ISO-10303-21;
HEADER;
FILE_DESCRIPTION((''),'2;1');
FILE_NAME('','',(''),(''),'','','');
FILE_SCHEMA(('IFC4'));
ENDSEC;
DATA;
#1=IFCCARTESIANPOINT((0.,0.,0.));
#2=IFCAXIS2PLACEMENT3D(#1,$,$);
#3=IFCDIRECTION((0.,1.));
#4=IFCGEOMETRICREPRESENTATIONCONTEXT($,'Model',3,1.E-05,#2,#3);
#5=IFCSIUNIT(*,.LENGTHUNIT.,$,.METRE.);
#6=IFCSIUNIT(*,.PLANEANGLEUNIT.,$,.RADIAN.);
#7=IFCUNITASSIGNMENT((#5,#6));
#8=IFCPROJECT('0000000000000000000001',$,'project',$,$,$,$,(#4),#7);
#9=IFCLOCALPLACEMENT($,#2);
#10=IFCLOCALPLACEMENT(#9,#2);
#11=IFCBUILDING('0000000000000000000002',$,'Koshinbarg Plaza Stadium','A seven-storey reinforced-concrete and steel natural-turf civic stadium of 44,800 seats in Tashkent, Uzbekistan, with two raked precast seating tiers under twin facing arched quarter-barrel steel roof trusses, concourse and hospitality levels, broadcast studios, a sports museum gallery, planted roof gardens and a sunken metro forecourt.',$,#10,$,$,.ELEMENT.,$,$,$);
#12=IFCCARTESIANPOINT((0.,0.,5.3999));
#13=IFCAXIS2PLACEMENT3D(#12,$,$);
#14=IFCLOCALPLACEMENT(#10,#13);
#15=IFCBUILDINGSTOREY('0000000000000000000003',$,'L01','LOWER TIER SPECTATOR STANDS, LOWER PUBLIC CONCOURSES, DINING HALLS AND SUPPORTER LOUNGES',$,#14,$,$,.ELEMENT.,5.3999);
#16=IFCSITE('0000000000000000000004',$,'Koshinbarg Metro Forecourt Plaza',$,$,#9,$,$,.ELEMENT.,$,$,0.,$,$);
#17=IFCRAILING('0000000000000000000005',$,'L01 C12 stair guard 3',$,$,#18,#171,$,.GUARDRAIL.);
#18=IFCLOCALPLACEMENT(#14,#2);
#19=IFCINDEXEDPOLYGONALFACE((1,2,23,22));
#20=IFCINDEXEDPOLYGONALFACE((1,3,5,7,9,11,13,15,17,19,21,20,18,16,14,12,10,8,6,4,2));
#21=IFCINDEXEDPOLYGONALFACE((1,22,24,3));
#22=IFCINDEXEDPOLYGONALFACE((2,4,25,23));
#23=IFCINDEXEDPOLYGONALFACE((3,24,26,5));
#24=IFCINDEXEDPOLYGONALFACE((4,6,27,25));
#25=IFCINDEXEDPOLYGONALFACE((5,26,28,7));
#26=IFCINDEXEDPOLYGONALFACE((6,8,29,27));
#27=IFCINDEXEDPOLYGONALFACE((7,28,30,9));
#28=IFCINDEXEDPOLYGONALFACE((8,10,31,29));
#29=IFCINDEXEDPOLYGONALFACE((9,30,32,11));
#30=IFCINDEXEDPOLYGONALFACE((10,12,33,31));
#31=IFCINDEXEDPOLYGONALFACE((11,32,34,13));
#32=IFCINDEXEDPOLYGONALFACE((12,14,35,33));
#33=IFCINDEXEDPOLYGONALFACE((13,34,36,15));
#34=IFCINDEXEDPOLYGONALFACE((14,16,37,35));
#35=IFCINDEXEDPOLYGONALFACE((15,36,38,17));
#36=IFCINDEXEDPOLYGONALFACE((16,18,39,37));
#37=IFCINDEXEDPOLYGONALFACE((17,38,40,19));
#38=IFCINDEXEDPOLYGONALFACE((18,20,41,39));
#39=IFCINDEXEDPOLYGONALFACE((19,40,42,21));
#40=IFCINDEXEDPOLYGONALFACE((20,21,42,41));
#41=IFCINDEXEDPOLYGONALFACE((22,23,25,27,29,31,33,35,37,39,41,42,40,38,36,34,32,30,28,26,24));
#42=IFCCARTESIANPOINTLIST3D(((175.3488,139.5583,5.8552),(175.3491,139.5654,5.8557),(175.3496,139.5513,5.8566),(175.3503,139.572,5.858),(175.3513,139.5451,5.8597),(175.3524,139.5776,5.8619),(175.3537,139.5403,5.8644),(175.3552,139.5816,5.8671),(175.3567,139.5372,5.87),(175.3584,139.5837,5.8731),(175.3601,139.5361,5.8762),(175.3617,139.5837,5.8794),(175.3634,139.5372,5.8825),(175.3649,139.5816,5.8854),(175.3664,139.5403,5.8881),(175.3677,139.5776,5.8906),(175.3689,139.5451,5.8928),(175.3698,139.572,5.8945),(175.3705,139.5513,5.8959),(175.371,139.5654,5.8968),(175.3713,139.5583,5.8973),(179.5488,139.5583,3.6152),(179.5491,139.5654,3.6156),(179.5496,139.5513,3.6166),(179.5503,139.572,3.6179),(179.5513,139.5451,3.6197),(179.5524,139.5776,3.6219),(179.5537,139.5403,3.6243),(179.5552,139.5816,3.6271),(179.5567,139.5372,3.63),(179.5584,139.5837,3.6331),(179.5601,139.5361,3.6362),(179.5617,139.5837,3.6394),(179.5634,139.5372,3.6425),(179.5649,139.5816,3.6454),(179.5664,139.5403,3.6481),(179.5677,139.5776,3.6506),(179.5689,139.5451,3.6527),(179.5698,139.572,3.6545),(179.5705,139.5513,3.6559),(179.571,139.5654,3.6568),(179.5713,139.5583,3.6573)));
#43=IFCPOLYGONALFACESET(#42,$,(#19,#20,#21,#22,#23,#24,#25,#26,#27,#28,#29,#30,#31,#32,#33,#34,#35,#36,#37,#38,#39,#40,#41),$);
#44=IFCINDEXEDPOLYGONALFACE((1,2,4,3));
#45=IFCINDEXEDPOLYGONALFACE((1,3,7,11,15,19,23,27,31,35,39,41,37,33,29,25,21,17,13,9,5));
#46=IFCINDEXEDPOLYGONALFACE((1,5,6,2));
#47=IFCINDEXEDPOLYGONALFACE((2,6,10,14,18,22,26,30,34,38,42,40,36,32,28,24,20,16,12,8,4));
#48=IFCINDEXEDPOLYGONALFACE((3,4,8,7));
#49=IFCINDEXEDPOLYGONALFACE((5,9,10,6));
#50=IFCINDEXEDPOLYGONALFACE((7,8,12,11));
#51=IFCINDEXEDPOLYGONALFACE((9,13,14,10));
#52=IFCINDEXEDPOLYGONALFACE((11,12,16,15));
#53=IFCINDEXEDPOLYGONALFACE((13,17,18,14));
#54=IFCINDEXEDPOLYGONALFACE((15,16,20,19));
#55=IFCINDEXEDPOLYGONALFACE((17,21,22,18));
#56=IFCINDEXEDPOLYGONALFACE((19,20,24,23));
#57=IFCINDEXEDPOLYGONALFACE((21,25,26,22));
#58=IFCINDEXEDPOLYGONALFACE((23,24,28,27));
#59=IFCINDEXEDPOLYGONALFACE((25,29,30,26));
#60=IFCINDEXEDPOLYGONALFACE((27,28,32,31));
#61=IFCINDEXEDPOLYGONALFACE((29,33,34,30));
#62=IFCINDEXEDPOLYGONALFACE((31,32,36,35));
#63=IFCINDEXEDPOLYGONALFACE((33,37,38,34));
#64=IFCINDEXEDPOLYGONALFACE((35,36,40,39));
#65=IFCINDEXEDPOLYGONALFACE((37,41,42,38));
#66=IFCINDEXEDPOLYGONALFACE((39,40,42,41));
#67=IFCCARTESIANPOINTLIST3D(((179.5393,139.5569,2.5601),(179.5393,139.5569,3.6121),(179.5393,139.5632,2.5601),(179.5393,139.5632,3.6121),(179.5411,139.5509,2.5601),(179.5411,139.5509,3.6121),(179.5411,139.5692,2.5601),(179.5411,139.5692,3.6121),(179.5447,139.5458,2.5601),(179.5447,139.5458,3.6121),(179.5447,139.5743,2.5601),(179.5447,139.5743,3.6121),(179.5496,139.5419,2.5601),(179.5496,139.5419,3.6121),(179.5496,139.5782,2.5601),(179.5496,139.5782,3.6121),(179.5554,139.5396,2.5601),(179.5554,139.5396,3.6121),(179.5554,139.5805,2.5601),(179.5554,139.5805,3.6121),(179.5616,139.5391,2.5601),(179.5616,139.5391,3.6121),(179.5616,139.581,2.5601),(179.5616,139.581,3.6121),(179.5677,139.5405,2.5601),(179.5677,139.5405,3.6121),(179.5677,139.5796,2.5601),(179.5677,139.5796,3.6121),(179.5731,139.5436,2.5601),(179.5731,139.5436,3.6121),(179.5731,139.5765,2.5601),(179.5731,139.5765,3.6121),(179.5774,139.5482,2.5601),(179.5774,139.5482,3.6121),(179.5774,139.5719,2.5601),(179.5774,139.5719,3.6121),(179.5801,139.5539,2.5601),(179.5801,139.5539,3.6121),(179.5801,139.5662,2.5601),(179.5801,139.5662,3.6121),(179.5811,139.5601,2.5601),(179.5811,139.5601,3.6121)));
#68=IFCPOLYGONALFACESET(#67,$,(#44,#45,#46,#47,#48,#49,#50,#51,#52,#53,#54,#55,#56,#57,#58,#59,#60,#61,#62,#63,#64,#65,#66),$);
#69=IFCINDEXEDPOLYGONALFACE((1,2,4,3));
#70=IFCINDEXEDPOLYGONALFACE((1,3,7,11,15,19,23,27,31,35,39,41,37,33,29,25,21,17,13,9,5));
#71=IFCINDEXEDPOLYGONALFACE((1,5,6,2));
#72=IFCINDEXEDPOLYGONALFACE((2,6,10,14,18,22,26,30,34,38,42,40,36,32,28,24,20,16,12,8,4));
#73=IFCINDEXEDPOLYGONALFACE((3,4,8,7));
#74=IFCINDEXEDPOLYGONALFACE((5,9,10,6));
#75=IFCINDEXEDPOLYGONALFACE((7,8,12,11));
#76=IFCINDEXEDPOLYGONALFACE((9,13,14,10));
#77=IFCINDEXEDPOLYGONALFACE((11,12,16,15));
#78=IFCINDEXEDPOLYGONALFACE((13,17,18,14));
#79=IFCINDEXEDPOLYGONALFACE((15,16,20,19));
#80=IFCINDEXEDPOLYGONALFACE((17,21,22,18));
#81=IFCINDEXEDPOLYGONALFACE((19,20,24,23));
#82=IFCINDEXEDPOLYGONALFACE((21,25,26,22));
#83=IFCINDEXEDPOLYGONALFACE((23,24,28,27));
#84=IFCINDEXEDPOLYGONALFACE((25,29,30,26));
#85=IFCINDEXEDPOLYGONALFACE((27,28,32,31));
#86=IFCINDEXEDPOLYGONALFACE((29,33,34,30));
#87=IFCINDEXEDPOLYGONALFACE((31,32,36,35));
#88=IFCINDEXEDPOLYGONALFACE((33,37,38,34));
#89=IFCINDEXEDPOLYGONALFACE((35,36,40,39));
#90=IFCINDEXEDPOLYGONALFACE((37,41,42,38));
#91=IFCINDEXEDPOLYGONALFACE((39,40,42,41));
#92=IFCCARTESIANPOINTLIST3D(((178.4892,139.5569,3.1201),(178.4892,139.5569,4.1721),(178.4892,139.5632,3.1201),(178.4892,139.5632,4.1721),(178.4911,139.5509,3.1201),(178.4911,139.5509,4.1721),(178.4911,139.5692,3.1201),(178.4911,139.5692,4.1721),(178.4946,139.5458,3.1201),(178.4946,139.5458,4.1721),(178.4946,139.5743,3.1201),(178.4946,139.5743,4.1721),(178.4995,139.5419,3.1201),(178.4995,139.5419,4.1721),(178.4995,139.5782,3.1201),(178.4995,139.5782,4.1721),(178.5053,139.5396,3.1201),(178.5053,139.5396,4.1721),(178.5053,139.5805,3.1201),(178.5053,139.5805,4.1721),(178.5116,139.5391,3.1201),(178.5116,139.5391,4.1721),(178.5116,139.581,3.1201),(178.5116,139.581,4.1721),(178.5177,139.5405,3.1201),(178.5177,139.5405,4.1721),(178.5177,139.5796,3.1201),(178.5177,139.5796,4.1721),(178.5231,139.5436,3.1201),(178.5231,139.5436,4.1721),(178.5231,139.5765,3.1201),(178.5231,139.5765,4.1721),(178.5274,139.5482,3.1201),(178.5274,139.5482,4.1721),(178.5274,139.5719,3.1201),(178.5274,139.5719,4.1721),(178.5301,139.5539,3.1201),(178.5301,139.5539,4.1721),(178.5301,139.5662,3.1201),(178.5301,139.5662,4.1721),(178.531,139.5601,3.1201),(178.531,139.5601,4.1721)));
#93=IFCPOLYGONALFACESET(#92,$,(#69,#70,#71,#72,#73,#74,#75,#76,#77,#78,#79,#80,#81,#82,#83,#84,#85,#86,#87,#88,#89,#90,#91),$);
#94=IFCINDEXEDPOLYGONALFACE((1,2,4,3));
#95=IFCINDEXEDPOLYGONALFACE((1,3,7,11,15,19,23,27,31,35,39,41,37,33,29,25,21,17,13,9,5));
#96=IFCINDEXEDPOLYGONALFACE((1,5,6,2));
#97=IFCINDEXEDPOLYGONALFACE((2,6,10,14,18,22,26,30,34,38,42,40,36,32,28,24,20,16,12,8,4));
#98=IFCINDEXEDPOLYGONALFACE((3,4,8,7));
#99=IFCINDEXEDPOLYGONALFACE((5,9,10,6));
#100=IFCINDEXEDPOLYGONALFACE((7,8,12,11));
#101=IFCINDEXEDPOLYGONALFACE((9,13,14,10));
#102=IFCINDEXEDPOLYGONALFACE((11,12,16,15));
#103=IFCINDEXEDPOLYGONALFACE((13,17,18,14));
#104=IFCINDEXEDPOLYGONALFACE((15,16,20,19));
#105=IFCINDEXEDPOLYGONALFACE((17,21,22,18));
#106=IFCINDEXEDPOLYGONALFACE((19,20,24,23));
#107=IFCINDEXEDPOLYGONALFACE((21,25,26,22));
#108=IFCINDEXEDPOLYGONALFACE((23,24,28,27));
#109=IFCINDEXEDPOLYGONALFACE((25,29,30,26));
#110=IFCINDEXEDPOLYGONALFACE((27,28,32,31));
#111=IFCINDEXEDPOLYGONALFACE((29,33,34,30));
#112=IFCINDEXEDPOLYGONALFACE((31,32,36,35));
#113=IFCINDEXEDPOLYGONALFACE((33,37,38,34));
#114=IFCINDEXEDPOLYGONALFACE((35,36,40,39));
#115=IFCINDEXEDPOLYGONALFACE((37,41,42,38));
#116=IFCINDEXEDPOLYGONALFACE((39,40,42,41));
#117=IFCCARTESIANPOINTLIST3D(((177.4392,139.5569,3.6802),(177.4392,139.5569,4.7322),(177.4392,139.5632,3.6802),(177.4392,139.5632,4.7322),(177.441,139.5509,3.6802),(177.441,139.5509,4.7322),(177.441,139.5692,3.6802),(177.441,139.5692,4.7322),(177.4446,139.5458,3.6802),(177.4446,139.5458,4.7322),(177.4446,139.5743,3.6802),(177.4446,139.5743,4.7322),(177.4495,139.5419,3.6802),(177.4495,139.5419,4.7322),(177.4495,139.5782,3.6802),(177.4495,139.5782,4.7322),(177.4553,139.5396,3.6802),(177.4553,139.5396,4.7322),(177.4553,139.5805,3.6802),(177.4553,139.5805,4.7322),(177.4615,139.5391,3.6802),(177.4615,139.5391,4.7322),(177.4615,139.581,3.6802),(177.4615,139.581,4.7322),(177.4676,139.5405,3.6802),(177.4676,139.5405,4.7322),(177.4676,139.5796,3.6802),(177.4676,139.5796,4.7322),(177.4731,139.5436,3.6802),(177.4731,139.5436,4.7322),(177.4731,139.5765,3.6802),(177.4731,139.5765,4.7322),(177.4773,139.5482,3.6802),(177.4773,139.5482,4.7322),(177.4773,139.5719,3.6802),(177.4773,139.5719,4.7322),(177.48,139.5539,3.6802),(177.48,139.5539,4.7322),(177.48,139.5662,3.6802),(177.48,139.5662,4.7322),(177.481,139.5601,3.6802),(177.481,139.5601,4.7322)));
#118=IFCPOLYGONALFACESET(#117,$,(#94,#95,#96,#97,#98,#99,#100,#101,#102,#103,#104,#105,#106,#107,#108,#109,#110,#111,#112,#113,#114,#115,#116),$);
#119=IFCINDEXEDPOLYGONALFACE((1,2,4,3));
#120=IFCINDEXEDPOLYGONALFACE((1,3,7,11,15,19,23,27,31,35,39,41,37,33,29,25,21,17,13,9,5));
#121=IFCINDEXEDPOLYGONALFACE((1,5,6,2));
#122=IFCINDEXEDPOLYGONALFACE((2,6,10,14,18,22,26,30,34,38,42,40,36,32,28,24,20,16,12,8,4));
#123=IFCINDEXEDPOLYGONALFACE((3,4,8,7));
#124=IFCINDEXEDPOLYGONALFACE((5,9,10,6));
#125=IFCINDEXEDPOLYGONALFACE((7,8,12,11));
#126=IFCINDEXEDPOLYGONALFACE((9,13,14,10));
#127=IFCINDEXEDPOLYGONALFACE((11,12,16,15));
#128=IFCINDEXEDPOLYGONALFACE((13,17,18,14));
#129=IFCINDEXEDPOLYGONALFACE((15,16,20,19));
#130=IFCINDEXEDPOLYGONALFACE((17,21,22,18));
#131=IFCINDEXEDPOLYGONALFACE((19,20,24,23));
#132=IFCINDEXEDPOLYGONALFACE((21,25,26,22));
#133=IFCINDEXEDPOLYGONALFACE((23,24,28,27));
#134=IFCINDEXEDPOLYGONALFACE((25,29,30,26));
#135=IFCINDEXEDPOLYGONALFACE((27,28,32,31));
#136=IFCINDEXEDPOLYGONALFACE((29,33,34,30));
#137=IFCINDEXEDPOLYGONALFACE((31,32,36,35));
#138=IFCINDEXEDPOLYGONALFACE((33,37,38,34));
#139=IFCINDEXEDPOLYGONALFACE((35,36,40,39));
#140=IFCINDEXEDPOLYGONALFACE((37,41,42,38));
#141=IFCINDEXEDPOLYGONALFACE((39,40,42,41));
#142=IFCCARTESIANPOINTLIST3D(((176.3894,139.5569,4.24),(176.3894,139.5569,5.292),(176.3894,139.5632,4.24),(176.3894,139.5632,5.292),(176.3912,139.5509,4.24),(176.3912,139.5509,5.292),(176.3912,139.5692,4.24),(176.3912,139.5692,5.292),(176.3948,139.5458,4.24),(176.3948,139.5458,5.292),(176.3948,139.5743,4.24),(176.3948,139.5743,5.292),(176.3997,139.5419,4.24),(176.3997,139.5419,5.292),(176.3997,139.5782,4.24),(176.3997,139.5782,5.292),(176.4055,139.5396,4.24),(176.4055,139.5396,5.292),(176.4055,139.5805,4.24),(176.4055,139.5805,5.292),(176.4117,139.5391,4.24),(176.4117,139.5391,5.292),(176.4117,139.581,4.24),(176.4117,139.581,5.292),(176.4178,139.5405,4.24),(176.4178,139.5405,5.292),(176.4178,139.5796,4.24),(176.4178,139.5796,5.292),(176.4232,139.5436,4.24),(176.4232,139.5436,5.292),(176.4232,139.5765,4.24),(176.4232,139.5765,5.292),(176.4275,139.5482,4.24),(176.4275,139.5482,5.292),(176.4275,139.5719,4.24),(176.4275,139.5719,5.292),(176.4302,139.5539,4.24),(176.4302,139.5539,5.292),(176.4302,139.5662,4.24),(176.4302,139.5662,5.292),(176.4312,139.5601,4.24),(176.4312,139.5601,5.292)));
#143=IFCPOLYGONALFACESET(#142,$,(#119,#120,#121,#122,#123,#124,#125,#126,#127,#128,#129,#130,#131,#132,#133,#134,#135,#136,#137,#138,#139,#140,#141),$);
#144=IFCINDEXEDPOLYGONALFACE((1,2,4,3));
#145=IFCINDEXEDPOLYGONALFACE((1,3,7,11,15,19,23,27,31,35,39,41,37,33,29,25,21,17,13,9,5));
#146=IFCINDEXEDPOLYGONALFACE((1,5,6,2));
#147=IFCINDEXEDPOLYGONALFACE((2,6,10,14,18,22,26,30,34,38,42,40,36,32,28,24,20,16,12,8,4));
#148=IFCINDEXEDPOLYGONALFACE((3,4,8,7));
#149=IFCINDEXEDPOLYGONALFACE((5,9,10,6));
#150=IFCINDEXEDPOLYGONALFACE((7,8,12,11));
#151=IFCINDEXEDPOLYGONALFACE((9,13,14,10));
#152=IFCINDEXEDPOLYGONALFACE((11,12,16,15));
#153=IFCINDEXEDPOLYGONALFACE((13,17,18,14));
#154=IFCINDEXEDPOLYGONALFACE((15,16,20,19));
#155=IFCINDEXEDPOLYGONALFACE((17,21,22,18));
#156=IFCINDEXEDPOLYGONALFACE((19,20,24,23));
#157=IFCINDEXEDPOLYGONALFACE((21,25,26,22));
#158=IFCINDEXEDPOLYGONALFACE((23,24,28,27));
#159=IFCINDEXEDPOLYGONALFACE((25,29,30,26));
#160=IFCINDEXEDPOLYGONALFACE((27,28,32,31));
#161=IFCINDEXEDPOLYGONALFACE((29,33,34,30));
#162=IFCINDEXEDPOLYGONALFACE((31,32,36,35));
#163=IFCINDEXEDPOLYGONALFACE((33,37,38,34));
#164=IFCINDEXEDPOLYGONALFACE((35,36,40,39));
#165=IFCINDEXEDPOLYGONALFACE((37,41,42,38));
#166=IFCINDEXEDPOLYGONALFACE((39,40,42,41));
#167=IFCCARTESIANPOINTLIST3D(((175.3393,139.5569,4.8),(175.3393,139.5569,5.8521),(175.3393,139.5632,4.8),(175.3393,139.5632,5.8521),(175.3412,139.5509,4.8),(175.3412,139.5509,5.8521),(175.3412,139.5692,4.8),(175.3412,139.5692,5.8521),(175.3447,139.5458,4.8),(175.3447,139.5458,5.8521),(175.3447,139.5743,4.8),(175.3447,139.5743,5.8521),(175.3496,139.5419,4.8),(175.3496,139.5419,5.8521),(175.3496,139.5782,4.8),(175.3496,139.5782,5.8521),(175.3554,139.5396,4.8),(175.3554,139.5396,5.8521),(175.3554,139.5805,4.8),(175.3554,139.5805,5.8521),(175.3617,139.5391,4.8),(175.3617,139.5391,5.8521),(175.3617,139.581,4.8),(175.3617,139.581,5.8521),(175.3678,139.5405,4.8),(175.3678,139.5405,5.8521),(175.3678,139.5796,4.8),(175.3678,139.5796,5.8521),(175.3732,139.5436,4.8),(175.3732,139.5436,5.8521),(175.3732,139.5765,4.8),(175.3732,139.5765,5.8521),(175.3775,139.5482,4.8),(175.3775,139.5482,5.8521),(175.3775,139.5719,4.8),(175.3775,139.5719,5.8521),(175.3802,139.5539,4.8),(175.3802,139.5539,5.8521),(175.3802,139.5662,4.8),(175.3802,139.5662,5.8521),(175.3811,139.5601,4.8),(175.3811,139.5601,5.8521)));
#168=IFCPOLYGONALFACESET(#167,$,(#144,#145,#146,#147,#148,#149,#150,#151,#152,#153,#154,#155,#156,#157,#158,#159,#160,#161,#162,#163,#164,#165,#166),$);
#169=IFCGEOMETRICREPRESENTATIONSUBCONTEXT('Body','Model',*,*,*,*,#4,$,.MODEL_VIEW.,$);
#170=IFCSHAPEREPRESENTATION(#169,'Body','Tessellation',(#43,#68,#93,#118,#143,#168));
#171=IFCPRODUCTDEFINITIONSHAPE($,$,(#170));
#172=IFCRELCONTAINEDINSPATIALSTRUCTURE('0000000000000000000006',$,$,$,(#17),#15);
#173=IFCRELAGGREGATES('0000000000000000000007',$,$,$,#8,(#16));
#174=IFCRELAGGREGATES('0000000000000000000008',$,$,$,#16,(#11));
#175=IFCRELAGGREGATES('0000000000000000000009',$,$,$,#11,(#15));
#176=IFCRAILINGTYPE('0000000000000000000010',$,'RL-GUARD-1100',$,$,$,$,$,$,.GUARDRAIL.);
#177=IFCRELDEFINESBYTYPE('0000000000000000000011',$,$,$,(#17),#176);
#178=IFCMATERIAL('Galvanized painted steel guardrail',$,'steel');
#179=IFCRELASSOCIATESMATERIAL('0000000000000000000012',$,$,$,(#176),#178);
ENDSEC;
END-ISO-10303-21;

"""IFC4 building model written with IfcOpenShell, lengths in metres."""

from ifc_helpers import new_model, si_unit, direction, frame, origin, origin_2d, place, context, subcontext, project, spatial, circle, extrude, material, type_object, element, save


model = new_model("IFC4")

# Units and contexts
model_context = context("Model", 3, precision=1e-05, world=origin(), true_north=direction((0.0, 1.0)))
body_context = subcontext(model_context, "Body", "Model", "MODEL_VIEW")
ifc_project = project(units=[si_unit("LENGTHUNIT", "METRE"), si_unit("PLANEANGLEUNIT", "RADIAN")], contexts=[model_context])

# Site, building, storey
site_placement = place(None, origin())
site = spatial("IfcSite", under=ifc_project, at=site_placement, Name="Koshinbarg Metro Forecourt Plaza", CompositionType="ELEMENT", RefElevation=0.0)
building_placement = place(site_placement, origin())
building = spatial("IfcBuilding", under=site, at=building_placement, Name="Koshinbarg Plaza Stadium", Description="A seven-storey reinforced-concrete and steel natural-turf civic stadium of 44,800 seats in Tashkent, Uzbekistan, with two raked precast seating tiers under twin facing arched quarter-barrel steel roof trusses, concourse and hospitality levels, broadcast studios, a sports museum gallery, planted roof gardens and a sunken metro forecourt.", CompositionType="ELEMENT")
storey_placement = place(building_placement, frame((0.0, 0.0, 5.3999)))
storey = spatial("IfcBuildingStorey", under=building, at=storey_placement, Name="L01", Description="LOWER TIER SPECTATOR STANDS, LOWER PUBLIC CONCOURSES, DINING HALLS AND SUPPORTER LOUNGES", CompositionType="ELEMENT", Elevation=5.3999)

# Railing
ifc_material_1 = material(Name="Galvanized painted steel guardrail", Category="steel")
railing_type_1 = type_object("IfcRailingType", Name="RL-GUARD-1100", PredefinedType="GUARDRAIL", material=ifc_material_1)
railing_1_placement = place(storey_placement, frame((179.5601, 139.5601, 2.5601)))
element("IfcRailing", 1, at=railing_1_placement, inside=storey, type_object=railing_type_1, Name="L01 C12 stair guard 3", PredefinedType="GUARDRAIL", context=body_context, shape_type="SweptSolid", body=[
    extrude(circle(Radius=0.0239, at=origin_2d()), frame((0.0, 0.0, 1.0762), z_axis=(-0.882352, 0.0, 0.470591), x_axis=(0.0, -1.0, 0.0)), (0.0, 0.0, 1.0), 4.76),
    extrude(circle(Radius=0.021, at=origin_2d()), origin(), (0.0, 0.0, 1.0), 1.052),
    extrude(circle(Radius=0.021, at=origin_2d()), frame((-1.05, 0.0, 0.5601)), (0.0, 0.0, 1.0), 1.052),
    extrude(circle(Radius=0.021, at=origin_2d()), frame((-2.1001, 0.0, 1.1201)), (0.0, 0.0, 1.0), 1.052),
    extrude(circle(Radius=0.021, at=origin_2d()), frame((-3.1499, 0.0, 1.6799)), (0.0, 0.0, 1.0), 1.052),
    extrude(circle(Radius=0.021, at=origin_2d()), frame((-4.2, 0.0, 2.24)), (0.0, 0.0, 1.0), 1.052),
])

save(model, "model.ifc")
